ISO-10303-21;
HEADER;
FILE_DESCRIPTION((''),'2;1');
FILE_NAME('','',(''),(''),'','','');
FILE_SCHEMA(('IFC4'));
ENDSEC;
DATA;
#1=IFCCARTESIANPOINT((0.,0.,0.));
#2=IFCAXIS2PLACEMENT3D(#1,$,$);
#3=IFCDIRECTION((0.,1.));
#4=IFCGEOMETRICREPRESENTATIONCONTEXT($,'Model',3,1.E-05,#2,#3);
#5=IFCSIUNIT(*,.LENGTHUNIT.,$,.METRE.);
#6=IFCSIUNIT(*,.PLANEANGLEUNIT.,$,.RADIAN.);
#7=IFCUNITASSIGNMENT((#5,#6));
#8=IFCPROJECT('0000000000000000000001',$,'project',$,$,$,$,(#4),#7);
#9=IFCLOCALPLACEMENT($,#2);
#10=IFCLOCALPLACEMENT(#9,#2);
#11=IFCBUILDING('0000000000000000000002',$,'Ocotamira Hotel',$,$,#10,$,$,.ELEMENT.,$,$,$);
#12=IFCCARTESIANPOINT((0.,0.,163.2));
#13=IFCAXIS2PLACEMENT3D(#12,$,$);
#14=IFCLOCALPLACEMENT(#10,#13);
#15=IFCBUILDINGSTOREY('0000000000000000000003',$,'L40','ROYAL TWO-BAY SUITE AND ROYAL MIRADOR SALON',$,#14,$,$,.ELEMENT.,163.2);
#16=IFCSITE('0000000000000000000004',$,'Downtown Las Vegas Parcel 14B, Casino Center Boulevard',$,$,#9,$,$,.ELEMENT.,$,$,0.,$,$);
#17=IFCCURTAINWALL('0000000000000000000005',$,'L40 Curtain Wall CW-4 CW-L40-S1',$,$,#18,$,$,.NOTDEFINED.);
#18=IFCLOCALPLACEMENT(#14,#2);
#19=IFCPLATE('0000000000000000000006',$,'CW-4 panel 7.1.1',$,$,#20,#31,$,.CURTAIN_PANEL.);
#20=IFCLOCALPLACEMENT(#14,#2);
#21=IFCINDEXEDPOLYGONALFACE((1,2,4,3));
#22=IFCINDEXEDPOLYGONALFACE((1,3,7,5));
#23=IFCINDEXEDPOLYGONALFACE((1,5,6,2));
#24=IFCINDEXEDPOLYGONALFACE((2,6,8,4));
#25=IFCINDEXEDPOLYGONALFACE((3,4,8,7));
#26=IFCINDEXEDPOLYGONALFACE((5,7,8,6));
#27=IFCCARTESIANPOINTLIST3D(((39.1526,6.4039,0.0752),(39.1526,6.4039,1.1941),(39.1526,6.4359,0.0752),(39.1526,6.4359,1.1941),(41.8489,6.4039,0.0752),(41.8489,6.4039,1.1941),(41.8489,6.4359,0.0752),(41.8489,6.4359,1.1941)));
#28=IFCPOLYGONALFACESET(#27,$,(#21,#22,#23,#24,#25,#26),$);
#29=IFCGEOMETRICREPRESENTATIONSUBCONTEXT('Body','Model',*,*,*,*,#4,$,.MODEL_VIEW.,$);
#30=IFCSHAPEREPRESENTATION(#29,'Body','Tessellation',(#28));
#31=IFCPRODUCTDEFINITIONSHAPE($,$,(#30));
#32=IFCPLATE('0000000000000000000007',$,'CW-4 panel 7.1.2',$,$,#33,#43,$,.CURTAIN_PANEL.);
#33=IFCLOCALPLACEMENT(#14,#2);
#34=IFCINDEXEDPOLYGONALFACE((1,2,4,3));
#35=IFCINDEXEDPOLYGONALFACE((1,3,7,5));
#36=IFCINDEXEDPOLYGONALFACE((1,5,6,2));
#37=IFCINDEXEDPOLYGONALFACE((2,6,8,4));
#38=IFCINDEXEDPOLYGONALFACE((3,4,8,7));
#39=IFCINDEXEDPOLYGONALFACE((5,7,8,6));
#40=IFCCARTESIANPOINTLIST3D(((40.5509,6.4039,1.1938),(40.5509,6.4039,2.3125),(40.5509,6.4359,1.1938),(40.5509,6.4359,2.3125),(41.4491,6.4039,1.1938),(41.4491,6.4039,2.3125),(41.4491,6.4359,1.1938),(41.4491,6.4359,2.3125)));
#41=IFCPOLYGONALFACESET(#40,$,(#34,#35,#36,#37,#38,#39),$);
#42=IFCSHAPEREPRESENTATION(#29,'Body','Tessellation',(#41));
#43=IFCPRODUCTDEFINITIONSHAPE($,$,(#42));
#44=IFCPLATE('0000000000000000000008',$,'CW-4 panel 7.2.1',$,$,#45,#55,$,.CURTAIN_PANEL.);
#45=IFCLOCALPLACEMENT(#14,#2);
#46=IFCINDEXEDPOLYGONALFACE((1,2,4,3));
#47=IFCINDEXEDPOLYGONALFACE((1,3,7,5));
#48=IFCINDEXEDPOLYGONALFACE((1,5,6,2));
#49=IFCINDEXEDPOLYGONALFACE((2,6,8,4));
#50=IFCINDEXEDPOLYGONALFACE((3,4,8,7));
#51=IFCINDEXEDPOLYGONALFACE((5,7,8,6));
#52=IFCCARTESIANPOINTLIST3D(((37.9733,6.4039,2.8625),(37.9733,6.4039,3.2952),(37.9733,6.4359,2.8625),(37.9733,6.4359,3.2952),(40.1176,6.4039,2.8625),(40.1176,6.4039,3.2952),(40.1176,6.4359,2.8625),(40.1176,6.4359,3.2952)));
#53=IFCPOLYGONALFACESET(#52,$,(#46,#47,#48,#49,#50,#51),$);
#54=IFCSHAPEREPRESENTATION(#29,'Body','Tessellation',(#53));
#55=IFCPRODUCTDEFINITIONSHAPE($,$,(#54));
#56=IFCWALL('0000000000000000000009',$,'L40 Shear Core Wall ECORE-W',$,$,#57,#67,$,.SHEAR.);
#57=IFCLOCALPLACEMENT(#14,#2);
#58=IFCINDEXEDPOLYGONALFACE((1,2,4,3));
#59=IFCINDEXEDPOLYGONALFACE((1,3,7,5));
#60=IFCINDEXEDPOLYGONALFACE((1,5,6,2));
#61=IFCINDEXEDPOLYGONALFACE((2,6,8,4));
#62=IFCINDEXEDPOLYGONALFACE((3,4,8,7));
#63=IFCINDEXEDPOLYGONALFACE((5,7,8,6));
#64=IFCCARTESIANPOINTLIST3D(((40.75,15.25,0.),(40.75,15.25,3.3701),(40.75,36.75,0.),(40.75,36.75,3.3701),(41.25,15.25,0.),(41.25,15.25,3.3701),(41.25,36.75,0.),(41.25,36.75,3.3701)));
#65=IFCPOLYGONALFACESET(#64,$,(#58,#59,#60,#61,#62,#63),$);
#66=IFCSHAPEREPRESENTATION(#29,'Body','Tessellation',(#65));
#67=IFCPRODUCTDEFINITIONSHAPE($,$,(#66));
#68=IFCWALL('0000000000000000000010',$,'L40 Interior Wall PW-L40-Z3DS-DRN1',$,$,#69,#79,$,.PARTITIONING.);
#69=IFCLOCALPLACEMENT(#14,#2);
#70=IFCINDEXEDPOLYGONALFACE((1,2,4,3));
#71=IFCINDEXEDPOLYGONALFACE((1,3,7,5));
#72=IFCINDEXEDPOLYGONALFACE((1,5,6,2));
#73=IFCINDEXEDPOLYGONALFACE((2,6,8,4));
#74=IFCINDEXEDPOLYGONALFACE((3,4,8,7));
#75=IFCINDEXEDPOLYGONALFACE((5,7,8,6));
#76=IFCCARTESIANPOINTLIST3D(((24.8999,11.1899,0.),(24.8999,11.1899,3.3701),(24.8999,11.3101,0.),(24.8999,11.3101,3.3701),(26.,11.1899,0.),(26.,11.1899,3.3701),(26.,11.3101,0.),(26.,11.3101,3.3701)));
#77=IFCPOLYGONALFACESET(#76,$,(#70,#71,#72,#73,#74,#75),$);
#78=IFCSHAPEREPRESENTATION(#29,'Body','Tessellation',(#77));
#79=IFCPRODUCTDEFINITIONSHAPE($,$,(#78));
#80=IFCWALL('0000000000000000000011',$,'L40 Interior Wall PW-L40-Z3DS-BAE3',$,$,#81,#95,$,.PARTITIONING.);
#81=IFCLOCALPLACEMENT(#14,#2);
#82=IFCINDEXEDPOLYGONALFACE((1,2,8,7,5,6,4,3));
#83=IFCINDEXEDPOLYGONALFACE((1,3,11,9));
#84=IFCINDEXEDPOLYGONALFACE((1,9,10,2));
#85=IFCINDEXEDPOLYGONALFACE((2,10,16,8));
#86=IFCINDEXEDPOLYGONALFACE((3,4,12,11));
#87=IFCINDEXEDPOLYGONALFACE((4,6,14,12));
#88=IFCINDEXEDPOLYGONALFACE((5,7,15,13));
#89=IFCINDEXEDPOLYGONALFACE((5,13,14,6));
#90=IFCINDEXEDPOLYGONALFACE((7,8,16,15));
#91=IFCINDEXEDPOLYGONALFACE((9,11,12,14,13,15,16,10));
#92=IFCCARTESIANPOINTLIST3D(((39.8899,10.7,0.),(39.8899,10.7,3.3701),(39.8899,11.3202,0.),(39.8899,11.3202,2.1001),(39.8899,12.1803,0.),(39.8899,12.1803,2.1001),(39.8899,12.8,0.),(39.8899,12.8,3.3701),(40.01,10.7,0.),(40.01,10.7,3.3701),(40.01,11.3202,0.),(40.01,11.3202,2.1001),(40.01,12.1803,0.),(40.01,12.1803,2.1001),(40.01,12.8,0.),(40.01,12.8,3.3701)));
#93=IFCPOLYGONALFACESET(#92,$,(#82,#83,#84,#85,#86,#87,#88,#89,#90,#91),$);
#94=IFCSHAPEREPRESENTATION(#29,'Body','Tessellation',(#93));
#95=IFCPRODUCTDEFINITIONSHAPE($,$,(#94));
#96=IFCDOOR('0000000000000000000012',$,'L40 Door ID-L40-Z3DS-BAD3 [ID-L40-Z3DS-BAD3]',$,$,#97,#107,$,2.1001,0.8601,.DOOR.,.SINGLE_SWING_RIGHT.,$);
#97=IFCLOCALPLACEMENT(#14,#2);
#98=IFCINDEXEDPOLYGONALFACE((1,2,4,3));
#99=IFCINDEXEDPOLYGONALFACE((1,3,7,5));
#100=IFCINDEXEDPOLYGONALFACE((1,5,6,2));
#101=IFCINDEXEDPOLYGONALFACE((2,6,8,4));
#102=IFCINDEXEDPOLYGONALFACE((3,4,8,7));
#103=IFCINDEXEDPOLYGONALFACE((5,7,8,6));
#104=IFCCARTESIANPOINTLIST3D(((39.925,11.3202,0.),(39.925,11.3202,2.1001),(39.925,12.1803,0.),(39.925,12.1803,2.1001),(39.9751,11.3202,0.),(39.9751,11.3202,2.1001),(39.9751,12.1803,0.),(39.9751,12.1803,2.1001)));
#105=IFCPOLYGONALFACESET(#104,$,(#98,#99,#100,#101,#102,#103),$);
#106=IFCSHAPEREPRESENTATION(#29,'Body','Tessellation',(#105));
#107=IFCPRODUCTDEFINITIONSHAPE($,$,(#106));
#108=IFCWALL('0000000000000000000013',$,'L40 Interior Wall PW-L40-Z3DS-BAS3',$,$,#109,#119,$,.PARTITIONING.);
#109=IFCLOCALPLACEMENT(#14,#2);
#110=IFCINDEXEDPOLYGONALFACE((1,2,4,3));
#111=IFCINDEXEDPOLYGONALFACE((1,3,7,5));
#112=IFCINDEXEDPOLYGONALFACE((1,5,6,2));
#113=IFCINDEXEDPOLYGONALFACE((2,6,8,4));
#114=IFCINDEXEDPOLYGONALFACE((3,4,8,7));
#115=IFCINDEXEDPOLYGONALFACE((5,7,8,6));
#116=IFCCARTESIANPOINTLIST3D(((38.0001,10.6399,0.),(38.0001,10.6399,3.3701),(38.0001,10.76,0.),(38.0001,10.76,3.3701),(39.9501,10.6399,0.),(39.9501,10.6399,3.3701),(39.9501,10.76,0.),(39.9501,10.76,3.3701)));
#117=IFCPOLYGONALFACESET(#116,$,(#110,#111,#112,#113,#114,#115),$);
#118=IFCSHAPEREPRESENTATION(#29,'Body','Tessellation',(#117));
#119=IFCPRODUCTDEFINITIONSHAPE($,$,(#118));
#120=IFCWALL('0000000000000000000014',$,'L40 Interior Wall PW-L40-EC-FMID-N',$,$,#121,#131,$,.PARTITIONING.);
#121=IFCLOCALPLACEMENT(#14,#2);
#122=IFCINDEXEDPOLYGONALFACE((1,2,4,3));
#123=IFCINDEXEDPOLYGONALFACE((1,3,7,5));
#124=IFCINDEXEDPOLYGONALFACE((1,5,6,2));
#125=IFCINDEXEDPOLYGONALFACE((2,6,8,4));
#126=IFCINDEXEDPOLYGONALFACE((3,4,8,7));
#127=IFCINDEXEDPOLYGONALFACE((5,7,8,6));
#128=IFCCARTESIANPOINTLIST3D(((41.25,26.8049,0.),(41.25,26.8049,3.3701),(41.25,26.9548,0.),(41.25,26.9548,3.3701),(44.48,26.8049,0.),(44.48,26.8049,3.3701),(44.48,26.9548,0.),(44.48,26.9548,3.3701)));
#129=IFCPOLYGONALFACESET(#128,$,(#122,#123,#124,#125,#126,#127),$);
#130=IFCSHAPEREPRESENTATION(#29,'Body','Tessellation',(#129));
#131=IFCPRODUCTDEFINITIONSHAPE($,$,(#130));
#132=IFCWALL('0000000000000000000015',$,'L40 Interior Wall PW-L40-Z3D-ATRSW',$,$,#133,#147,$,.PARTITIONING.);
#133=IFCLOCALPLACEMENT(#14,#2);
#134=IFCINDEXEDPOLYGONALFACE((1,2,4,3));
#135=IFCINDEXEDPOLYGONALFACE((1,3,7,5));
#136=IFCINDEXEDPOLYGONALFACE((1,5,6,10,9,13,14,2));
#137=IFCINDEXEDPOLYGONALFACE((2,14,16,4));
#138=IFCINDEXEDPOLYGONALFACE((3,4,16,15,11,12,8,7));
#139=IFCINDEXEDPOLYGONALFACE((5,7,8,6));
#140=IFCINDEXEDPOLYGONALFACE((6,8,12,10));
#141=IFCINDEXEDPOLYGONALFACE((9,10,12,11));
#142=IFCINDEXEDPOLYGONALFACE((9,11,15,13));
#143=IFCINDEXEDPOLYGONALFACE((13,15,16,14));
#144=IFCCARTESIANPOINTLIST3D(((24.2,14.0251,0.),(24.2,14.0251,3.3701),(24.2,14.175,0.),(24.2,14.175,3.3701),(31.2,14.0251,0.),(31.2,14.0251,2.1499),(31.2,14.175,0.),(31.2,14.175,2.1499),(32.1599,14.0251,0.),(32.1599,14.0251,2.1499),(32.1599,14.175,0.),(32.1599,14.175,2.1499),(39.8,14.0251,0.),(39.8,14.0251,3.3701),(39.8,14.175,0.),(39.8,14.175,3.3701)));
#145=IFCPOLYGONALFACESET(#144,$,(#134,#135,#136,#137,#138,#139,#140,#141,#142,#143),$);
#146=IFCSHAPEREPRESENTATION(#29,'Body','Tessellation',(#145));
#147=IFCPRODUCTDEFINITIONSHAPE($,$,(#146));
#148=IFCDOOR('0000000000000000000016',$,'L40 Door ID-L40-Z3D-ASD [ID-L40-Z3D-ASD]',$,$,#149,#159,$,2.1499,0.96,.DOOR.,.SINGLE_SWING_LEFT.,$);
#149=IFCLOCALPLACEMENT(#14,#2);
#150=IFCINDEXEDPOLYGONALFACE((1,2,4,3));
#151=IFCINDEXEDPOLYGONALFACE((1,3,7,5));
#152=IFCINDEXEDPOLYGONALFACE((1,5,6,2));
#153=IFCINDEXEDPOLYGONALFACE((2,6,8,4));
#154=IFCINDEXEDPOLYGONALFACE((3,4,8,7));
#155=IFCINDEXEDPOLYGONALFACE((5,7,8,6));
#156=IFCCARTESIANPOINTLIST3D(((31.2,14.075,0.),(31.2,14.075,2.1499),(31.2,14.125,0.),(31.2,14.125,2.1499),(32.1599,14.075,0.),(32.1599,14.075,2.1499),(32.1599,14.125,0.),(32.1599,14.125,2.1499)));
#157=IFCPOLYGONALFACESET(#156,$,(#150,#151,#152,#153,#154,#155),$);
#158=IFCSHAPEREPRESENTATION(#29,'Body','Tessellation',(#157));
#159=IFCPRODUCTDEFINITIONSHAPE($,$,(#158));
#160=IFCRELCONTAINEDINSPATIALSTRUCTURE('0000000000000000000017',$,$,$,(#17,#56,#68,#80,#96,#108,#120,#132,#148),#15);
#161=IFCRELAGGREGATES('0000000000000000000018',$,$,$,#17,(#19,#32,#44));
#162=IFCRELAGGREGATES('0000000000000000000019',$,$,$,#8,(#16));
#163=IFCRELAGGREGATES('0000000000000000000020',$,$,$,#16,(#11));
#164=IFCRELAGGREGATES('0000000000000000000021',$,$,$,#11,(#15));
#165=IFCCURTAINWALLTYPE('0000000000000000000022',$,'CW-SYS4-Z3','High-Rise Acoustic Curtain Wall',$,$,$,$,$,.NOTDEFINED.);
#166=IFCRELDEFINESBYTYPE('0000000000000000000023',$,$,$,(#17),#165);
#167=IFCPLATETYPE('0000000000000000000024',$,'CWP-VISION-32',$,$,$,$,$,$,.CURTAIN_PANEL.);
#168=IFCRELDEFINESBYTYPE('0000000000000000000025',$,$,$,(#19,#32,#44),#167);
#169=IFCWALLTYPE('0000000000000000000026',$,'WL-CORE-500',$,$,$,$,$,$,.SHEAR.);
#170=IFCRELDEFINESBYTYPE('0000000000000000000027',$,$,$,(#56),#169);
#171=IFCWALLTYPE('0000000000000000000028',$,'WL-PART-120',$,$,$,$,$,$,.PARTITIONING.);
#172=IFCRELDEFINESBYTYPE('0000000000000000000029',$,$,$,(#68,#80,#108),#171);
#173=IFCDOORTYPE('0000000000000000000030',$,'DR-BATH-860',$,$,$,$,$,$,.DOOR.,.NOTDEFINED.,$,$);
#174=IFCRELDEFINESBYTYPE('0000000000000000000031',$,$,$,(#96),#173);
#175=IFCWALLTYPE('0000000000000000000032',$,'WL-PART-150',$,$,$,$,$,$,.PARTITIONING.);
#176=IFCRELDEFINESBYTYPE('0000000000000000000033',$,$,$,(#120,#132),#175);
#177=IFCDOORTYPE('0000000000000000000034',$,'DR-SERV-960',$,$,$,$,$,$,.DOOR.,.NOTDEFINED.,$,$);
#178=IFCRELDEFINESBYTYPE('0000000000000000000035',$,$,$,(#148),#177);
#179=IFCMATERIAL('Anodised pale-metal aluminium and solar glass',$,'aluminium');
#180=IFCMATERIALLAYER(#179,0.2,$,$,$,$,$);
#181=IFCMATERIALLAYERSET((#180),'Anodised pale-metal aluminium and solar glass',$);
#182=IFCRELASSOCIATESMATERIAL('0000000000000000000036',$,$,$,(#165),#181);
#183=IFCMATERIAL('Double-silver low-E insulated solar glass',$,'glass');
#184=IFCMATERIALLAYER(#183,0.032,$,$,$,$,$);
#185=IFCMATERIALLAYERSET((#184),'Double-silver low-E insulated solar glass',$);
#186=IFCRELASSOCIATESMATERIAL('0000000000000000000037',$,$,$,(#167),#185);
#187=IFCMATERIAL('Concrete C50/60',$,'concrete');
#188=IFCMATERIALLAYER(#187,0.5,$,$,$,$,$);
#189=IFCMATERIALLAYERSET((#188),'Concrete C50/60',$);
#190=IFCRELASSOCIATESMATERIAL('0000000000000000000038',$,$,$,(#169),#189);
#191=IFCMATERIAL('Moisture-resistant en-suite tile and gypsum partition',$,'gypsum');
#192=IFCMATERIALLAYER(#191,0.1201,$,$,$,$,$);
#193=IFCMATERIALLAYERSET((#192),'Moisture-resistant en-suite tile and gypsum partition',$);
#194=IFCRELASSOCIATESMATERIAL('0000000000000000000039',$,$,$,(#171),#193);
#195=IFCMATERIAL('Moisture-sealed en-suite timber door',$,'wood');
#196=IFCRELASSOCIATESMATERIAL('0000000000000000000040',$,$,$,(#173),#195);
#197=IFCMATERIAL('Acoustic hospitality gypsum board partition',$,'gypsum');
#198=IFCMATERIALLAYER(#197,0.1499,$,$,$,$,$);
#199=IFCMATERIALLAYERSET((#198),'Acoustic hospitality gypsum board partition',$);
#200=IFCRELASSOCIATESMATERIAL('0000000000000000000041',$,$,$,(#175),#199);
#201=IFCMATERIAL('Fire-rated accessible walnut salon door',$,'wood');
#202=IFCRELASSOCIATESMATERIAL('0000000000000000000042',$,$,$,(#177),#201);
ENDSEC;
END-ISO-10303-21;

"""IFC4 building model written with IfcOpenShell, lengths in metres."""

from ifc_helpers import new_model, si_unit, direction, frame, frame_2d, origin, origin_2d, place, context, subcontext, project, spatial, rectangle, extrude, source, transform, mapped, material, layer, layer_set, type_object, element, fill, aggregate, save


model = new_model("IFC4")

# Units and contexts
model_context = context("Model", 3, precision=1e-05, world=origin(), true_north=direction((0.0, 1.0)))
body_context = subcontext(model_context, "Body", "Model", "MODEL_VIEW")
ifc_project = project(units=[si_unit("LENGTHUNIT", "METRE"), si_unit("PLANEANGLEUNIT", "RADIAN")], contexts=[model_context])

# Site, building, storey
site_placement = place(None, origin())
site = spatial("IfcSite", under=ifc_project, at=site_placement, Name="Downtown Las Vegas Parcel 14B, Casino Center Boulevard", CompositionType="ELEMENT", RefElevation=0.0)
building_placement = place(site_placement, origin())
building = spatial("IfcBuilding", under=site, at=building_placement, Name="Ocotamira Hotel", CompositionType="ELEMENT")
storey_placement = place(building_placement, frame((0.0, 0.0, 163.2)))
storey = spatial("IfcBuildingStorey", under=building, at=storey_placement, Name="L40", Description="ROYAL TWO-BAY SUITE AND ROYAL MIRADOR SALON", CompositionType="ELEMENT", Elevation=163.2)

# Curtain wall, plates
ifc_material_1 = material(Name="Anodised pale-metal aluminium and solar glass", Category="aluminium")
ifc_layer_1 = layer(ifc_material_1, 0.2)
ifc_layer_set_1 = layer_set([ifc_layer_1], Name="Anodised pale-metal aluminium and solar glass")
curtain_wall_type = type_object("IfcCurtainWallType", Name="CW-SYS4-Z3", Description="High-Rise Acoustic Curtain Wall", PredefinedType="NOTDEFINED", material=ifc_layer_set_1)
curtain_wall_placement = place(storey_placement, origin())
curtain_wall = element("IfcCurtainWall", 1, at=curtain_wall_placement, inside=storey, type_object=curtain_wall_type, Name="L40 Curtain Wall CW-4 CW-L40-S1", PredefinedType="NOTDEFINED")
ifc_material_2 = material(Name="Double-silver low-E insulated solar glass", Category="glass")
ifc_layer_2 = layer(ifc_material_2, 0.032)
ifc_layer_set_2 = layer_set([ifc_layer_2], Name="Double-silver low-E insulated solar glass")
plate_type = type_object("IfcPlateType", Name="CWP-VISION-32", PredefinedType="CURTAIN_PANEL", material=ifc_layer_set_2)
shared_shape_1 = source(origin(), body_context, "Body", "SweptSolid", [
    extrude(rectangle(XDim=2.6963, YDim=0.032, at=origin_2d()), origin(), (0.0, 0.0, 1.0), 1.1189),
])
plate_1_placement = place(storey_placement, frame((40.5007, 6.4199, 0.0752), z_axis=(0.0, 0.0, 1.0), x_axis=(1.0, 0.0, 0.0)))
plate_1 = element("IfcPlate", 2, at=plate_1_placement, type_object=plate_type, Name="CW-4 panel 7.1.1", PredefinedType="CURTAIN_PANEL", context=body_context, shape_type="MappedRepresentation", body=[
    mapped(shared_shape_1, transform((0.0, 0.0, 0.0), scale=1.0)),
])
shared_shape_2 = source(origin(), body_context, "Body", "SweptSolid", [
    extrude(rectangle(XDim=0.8982, YDim=0.032, at=origin_2d()), origin(), (0.0, 0.0, 1.0), 1.1187),
])
plate_2_placement = place(storey_placement, frame((41.0, 6.4199, 1.1938), z_axis=(0.0, 0.0, 1.0), x_axis=(1.0, 0.0, 0.0)))
plate_2 = element("IfcPlate", 3, at=plate_2_placement, type_object=plate_type, Name="CW-4 panel 7.1.2", PredefinedType="CURTAIN_PANEL", context=body_context, shape_type="MappedRepresentation", body=[
    mapped(shared_shape_2, transform((0.0, 0.0, 0.0), scale=1.0)),
])
shared_shape_3 = source(origin(), body_context, "Body", "SweptSolid", [
    extrude(rectangle(XDim=2.1443, YDim=0.032, at=origin_2d()), origin(), (0.0, 0.0, 1.0), 0.4326),
])
plate_3_placement = place(storey_placement, frame((39.0454, 6.4199, 2.8625), z_axis=(0.0, 0.0, 1.0), x_axis=(1.0, 0.0, 0.0)))
plate_3 = element("IfcPlate", 4, at=plate_3_placement, type_object=plate_type, Name="CW-4 panel 7.2.1", PredefinedType="CURTAIN_PANEL", context=body_context, shape_type="MappedRepresentation", body=[
    mapped(shared_shape_3, transform((0.0, 0.0, 0.0), scale=1.0)),
])
aggregate(curtain_wall, [plate_1, plate_2, plate_3])

# Shared definitions
ifc_material_3 = material(Name="Concrete C50/60", Category="concrete")
ifc_layer_3 = layer(ifc_material_3, 0.5)
ifc_layer_set_3 = layer_set([ifc_layer_3], Name="Concrete C50/60")
wall_type_1 = type_object("IfcWallType", Name="WL-CORE-500", PredefinedType="SHEAR", material=ifc_layer_set_3)

# Walls
wall_1_placement = place(storey_placement, frame((41.0, 15.25, 0.0), z_axis=(0.0, 0.0, 1.0), x_axis=(0.0, 1.0, 0.0)))
element("IfcWall", 5, at=wall_1_placement, inside=storey, type_object=wall_type_1, Name="L40 Shear Core Wall ECORE-W", PredefinedType="SHEAR", context=body_context, shape_type="SweptSolid", body=[
    extrude(rectangle(XDim=21.5, YDim=0.5, at=frame_2d((10.75, 0.0))), origin(), (0.0, 0.0, 1.0), 3.3701),
])
ifc_material_4 = material(Name="Moisture-resistant en-suite tile and gypsum partition", Category="gypsum")
ifc_layer_4 = layer(ifc_material_4, 0.1201)
ifc_layer_set_4 = layer_set([ifc_layer_4], Name="Moisture-resistant en-suite tile and gypsum partition")
wall_type_2 = type_object("IfcWallType", Name="WL-PART-120", PredefinedType="PARTITIONING", material=ifc_layer_set_4)
wall_2_placement = place(storey_placement, frame((24.8999, 11.25, 0.0), z_axis=(0.0, 0.0, 1.0), x_axis=(1.0, 0.0, 0.0)))
element("IfcWall", 6, at=wall_2_placement, inside=storey, type_object=wall_type_2, Name="L40 Interior Wall PW-L40-Z3DS-DRN1", PredefinedType="PARTITIONING", context=body_context, shape_type="SweptSolid", body=[
    extrude(rectangle(XDim=1.1001, YDim=0.1201, at=frame_2d((0.55, 0.0))), origin(), (0.0, 0.0, 1.0), 3.3701),
])

# Wall, opening, door
wall_3_placement = place(storey_placement, frame((39.95, 10.7, 0.0), z_axis=(0.0, 0.0, 1.0), x_axis=(0.0, 1.0, 0.0)))
wall_3 = element("IfcWall", 7, at=wall_3_placement, inside=storey, type_object=wall_type_2, Name="L40 Interior Wall PW-L40-Z3DS-BAE3", PredefinedType="PARTITIONING", context=body_context, shape_type="SweptSolid", body=[
    extrude(rectangle(XDim=2.1001, YDim=0.1201, at=frame_2d((1.05, 0.0))), origin(), (0.0, 0.0, 1.0), 3.3701),
])
opening_1_placement = place(wall_3_placement, frame((0.6201, 0.0, 0.0)))
opening_1 = element("IfcOpeningElement", 8, at=opening_1_placement, cuts=wall_3, PredefinedType="OPENING", context=body_context, shape_type="SweptSolid", body=[
    extrude(rectangle(XDim=0.8601, YDim=2.1001, at=frame_2d((0.4302, 1.05))), frame((0.0, 0.0701, 0.0), z_axis=(0.0, -1.0, 0.0), x_axis=(1.0, 0.0, 0.0)), (0.0, 0.0, 1.0), 0.1401),
])
ifc_material_5 = material(Name="Moisture-sealed en-suite timber door", Category="wood")
door_type_1 = type_object("IfcDoorType", Name="DR-BATH-860", OperationType="NOTDEFINED", PredefinedType="DOOR", material=ifc_material_5)
shared_shape_4 = source(origin(), body_context, "Body", "SweptSolid", [
    extrude(rectangle(XDim=0.8601, YDim=2.1001, at=frame_2d((0.4302, 1.05))), frame((0.0, 0.0249, 0.0), z_axis=(0.0, -1.0, 0.0), x_axis=(1.0, 0.0, 0.0)), (0.0, 0.0, 1.0), 0.05),
])
door_1_placement = place(opening_1_placement, origin())
door_1 = element("IfcDoor", 9, at=door_1_placement, inside=storey, type_object=door_type_1, Name="L40 Door ID-L40-Z3DS-BAD3 [ID-L40-Z3DS-BAD3]", OperationType="SINGLE_SWING_RIGHT", OverallHeight=2.1001, OverallWidth=0.8601, PredefinedType="DOOR", context=body_context, shape_type="MappedRepresentation", body=[
    mapped(shared_shape_4, transform((0.0, 0.0, 0.0), scale=1.0)),
])
fill(opening_1, door_1)

# Walls
wall_4_placement = place(storey_placement, frame((38.0, 10.7, 0.0), z_axis=(0.0, 0.0, 1.0), x_axis=(1.0, 0.0, 0.0)))
element("IfcWall", 10, at=wall_4_placement, inside=storey, type_object=wall_type_2, Name="L40 Interior Wall PW-L40-Z3DS-BAS3", PredefinedType="PARTITIONING", context=body_context, shape_type="SweptSolid", body=[
    extrude(rectangle(XDim=1.95, YDim=0.1201, at=frame_2d((0.9751, 0.0))), origin(), (0.0, 0.0, 1.0), 3.3701),
])
ifc_material_6 = material(Name="Acoustic hospitality gypsum board partition", Category="gypsum")
ifc_layer_5 = layer(ifc_material_6, 0.1499)
ifc_layer_set_5 = layer_set([ifc_layer_5], Name="Acoustic hospitality gypsum board partition")
wall_type_3 = type_object("IfcWallType", Name="WL-PART-150", PredefinedType="PARTITIONING", material=ifc_layer_set_5)
wall_5_placement = place(storey_placement, frame((41.25, 26.8799, 0.0), z_axis=(0.0, 0.0, 1.0), x_axis=(1.0, 0.0, 0.0)))
element("IfcWall", 11, at=wall_5_placement, inside=storey, type_object=wall_type_3, Name="L40 Interior Wall PW-L40-EC-FMID-N", PredefinedType="PARTITIONING", context=body_context, shape_type="SweptSolid", body=[
    extrude(rectangle(XDim=3.23, YDim=0.1499, at=frame_2d((1.615, 0.0))), origin(), (0.0, 0.0, 1.0), 3.3701),
])

# Wall, opening, door
wall_6_placement = place(storey_placement, frame((24.2, 14.1001, 0.0), z_axis=(0.0, 0.0, 1.0), x_axis=(1.0, 0.0, 0.0)))
wall_6 = element("IfcWall", 12, at=wall_6_placement, inside=storey, type_object=wall_type_3, Name="L40 Interior Wall PW-L40-Z3D-ATRSW", PredefinedType="PARTITIONING", context=body_context, shape_type="SweptSolid", body=[
    extrude(rectangle(XDim=15.6001, YDim=0.1499, at=frame_2d((7.8, 0.0))), origin(), (0.0, 0.0, 1.0), 3.3701),
])
opening_2_placement = place(wall_6_placement, frame((7.0, 0.0, 0.0)))
opening_2 = element("IfcOpeningElement", 13, at=opening_2_placement, cuts=wall_6, PredefinedType="OPENING", context=body_context, shape_type="SweptSolid", body=[
    extrude(rectangle(XDim=0.96, YDim=2.1499, at=frame_2d((0.48, 1.075))), frame((0.0, 0.085, 0.0), z_axis=(0.0, -1.0, 0.0), x_axis=(1.0, 0.0, 0.0)), (0.0, 0.0, 1.0), 0.1699),
])
ifc_material_7 = material(Name="Fire-rated accessible walnut salon door", Category="wood")
door_type_2 = type_object("IfcDoorType", Name="DR-SERV-960", OperationType="NOTDEFINED", PredefinedType="DOOR", material=ifc_material_7)
shared_shape_5 = source(origin(), body_context, "Body", "SweptSolid", [
    extrude(rectangle(XDim=0.96, YDim=2.1499, at=frame_2d((0.48, 1.075))), frame((0.0, 0.0249, 0.0), z_axis=(0.0, -1.0, 0.0), x_axis=(1.0, 0.0, 0.0)), (0.0, 0.0, 1.0), 0.05),
])
door_2_placement = place(opening_2_placement, origin())
door_2 = element("IfcDoor", 14, at=door_2_placement, inside=storey, type_object=door_type_2, Name="L40 Door ID-L40-Z3D-ASD [ID-L40-Z3D-ASD]", OperationType="SINGLE_SWING_LEFT", OverallHeight=2.1499, OverallWidth=0.96, PredefinedType="DOOR", context=body_context, shape_type="MappedRepresentation", body=[
    mapped(shared_shape_5, transform((0.0, 0.0, 0.0), scale=1.0)),
])
fill(opening_2, door_2)

save(model, "model.ifc")
